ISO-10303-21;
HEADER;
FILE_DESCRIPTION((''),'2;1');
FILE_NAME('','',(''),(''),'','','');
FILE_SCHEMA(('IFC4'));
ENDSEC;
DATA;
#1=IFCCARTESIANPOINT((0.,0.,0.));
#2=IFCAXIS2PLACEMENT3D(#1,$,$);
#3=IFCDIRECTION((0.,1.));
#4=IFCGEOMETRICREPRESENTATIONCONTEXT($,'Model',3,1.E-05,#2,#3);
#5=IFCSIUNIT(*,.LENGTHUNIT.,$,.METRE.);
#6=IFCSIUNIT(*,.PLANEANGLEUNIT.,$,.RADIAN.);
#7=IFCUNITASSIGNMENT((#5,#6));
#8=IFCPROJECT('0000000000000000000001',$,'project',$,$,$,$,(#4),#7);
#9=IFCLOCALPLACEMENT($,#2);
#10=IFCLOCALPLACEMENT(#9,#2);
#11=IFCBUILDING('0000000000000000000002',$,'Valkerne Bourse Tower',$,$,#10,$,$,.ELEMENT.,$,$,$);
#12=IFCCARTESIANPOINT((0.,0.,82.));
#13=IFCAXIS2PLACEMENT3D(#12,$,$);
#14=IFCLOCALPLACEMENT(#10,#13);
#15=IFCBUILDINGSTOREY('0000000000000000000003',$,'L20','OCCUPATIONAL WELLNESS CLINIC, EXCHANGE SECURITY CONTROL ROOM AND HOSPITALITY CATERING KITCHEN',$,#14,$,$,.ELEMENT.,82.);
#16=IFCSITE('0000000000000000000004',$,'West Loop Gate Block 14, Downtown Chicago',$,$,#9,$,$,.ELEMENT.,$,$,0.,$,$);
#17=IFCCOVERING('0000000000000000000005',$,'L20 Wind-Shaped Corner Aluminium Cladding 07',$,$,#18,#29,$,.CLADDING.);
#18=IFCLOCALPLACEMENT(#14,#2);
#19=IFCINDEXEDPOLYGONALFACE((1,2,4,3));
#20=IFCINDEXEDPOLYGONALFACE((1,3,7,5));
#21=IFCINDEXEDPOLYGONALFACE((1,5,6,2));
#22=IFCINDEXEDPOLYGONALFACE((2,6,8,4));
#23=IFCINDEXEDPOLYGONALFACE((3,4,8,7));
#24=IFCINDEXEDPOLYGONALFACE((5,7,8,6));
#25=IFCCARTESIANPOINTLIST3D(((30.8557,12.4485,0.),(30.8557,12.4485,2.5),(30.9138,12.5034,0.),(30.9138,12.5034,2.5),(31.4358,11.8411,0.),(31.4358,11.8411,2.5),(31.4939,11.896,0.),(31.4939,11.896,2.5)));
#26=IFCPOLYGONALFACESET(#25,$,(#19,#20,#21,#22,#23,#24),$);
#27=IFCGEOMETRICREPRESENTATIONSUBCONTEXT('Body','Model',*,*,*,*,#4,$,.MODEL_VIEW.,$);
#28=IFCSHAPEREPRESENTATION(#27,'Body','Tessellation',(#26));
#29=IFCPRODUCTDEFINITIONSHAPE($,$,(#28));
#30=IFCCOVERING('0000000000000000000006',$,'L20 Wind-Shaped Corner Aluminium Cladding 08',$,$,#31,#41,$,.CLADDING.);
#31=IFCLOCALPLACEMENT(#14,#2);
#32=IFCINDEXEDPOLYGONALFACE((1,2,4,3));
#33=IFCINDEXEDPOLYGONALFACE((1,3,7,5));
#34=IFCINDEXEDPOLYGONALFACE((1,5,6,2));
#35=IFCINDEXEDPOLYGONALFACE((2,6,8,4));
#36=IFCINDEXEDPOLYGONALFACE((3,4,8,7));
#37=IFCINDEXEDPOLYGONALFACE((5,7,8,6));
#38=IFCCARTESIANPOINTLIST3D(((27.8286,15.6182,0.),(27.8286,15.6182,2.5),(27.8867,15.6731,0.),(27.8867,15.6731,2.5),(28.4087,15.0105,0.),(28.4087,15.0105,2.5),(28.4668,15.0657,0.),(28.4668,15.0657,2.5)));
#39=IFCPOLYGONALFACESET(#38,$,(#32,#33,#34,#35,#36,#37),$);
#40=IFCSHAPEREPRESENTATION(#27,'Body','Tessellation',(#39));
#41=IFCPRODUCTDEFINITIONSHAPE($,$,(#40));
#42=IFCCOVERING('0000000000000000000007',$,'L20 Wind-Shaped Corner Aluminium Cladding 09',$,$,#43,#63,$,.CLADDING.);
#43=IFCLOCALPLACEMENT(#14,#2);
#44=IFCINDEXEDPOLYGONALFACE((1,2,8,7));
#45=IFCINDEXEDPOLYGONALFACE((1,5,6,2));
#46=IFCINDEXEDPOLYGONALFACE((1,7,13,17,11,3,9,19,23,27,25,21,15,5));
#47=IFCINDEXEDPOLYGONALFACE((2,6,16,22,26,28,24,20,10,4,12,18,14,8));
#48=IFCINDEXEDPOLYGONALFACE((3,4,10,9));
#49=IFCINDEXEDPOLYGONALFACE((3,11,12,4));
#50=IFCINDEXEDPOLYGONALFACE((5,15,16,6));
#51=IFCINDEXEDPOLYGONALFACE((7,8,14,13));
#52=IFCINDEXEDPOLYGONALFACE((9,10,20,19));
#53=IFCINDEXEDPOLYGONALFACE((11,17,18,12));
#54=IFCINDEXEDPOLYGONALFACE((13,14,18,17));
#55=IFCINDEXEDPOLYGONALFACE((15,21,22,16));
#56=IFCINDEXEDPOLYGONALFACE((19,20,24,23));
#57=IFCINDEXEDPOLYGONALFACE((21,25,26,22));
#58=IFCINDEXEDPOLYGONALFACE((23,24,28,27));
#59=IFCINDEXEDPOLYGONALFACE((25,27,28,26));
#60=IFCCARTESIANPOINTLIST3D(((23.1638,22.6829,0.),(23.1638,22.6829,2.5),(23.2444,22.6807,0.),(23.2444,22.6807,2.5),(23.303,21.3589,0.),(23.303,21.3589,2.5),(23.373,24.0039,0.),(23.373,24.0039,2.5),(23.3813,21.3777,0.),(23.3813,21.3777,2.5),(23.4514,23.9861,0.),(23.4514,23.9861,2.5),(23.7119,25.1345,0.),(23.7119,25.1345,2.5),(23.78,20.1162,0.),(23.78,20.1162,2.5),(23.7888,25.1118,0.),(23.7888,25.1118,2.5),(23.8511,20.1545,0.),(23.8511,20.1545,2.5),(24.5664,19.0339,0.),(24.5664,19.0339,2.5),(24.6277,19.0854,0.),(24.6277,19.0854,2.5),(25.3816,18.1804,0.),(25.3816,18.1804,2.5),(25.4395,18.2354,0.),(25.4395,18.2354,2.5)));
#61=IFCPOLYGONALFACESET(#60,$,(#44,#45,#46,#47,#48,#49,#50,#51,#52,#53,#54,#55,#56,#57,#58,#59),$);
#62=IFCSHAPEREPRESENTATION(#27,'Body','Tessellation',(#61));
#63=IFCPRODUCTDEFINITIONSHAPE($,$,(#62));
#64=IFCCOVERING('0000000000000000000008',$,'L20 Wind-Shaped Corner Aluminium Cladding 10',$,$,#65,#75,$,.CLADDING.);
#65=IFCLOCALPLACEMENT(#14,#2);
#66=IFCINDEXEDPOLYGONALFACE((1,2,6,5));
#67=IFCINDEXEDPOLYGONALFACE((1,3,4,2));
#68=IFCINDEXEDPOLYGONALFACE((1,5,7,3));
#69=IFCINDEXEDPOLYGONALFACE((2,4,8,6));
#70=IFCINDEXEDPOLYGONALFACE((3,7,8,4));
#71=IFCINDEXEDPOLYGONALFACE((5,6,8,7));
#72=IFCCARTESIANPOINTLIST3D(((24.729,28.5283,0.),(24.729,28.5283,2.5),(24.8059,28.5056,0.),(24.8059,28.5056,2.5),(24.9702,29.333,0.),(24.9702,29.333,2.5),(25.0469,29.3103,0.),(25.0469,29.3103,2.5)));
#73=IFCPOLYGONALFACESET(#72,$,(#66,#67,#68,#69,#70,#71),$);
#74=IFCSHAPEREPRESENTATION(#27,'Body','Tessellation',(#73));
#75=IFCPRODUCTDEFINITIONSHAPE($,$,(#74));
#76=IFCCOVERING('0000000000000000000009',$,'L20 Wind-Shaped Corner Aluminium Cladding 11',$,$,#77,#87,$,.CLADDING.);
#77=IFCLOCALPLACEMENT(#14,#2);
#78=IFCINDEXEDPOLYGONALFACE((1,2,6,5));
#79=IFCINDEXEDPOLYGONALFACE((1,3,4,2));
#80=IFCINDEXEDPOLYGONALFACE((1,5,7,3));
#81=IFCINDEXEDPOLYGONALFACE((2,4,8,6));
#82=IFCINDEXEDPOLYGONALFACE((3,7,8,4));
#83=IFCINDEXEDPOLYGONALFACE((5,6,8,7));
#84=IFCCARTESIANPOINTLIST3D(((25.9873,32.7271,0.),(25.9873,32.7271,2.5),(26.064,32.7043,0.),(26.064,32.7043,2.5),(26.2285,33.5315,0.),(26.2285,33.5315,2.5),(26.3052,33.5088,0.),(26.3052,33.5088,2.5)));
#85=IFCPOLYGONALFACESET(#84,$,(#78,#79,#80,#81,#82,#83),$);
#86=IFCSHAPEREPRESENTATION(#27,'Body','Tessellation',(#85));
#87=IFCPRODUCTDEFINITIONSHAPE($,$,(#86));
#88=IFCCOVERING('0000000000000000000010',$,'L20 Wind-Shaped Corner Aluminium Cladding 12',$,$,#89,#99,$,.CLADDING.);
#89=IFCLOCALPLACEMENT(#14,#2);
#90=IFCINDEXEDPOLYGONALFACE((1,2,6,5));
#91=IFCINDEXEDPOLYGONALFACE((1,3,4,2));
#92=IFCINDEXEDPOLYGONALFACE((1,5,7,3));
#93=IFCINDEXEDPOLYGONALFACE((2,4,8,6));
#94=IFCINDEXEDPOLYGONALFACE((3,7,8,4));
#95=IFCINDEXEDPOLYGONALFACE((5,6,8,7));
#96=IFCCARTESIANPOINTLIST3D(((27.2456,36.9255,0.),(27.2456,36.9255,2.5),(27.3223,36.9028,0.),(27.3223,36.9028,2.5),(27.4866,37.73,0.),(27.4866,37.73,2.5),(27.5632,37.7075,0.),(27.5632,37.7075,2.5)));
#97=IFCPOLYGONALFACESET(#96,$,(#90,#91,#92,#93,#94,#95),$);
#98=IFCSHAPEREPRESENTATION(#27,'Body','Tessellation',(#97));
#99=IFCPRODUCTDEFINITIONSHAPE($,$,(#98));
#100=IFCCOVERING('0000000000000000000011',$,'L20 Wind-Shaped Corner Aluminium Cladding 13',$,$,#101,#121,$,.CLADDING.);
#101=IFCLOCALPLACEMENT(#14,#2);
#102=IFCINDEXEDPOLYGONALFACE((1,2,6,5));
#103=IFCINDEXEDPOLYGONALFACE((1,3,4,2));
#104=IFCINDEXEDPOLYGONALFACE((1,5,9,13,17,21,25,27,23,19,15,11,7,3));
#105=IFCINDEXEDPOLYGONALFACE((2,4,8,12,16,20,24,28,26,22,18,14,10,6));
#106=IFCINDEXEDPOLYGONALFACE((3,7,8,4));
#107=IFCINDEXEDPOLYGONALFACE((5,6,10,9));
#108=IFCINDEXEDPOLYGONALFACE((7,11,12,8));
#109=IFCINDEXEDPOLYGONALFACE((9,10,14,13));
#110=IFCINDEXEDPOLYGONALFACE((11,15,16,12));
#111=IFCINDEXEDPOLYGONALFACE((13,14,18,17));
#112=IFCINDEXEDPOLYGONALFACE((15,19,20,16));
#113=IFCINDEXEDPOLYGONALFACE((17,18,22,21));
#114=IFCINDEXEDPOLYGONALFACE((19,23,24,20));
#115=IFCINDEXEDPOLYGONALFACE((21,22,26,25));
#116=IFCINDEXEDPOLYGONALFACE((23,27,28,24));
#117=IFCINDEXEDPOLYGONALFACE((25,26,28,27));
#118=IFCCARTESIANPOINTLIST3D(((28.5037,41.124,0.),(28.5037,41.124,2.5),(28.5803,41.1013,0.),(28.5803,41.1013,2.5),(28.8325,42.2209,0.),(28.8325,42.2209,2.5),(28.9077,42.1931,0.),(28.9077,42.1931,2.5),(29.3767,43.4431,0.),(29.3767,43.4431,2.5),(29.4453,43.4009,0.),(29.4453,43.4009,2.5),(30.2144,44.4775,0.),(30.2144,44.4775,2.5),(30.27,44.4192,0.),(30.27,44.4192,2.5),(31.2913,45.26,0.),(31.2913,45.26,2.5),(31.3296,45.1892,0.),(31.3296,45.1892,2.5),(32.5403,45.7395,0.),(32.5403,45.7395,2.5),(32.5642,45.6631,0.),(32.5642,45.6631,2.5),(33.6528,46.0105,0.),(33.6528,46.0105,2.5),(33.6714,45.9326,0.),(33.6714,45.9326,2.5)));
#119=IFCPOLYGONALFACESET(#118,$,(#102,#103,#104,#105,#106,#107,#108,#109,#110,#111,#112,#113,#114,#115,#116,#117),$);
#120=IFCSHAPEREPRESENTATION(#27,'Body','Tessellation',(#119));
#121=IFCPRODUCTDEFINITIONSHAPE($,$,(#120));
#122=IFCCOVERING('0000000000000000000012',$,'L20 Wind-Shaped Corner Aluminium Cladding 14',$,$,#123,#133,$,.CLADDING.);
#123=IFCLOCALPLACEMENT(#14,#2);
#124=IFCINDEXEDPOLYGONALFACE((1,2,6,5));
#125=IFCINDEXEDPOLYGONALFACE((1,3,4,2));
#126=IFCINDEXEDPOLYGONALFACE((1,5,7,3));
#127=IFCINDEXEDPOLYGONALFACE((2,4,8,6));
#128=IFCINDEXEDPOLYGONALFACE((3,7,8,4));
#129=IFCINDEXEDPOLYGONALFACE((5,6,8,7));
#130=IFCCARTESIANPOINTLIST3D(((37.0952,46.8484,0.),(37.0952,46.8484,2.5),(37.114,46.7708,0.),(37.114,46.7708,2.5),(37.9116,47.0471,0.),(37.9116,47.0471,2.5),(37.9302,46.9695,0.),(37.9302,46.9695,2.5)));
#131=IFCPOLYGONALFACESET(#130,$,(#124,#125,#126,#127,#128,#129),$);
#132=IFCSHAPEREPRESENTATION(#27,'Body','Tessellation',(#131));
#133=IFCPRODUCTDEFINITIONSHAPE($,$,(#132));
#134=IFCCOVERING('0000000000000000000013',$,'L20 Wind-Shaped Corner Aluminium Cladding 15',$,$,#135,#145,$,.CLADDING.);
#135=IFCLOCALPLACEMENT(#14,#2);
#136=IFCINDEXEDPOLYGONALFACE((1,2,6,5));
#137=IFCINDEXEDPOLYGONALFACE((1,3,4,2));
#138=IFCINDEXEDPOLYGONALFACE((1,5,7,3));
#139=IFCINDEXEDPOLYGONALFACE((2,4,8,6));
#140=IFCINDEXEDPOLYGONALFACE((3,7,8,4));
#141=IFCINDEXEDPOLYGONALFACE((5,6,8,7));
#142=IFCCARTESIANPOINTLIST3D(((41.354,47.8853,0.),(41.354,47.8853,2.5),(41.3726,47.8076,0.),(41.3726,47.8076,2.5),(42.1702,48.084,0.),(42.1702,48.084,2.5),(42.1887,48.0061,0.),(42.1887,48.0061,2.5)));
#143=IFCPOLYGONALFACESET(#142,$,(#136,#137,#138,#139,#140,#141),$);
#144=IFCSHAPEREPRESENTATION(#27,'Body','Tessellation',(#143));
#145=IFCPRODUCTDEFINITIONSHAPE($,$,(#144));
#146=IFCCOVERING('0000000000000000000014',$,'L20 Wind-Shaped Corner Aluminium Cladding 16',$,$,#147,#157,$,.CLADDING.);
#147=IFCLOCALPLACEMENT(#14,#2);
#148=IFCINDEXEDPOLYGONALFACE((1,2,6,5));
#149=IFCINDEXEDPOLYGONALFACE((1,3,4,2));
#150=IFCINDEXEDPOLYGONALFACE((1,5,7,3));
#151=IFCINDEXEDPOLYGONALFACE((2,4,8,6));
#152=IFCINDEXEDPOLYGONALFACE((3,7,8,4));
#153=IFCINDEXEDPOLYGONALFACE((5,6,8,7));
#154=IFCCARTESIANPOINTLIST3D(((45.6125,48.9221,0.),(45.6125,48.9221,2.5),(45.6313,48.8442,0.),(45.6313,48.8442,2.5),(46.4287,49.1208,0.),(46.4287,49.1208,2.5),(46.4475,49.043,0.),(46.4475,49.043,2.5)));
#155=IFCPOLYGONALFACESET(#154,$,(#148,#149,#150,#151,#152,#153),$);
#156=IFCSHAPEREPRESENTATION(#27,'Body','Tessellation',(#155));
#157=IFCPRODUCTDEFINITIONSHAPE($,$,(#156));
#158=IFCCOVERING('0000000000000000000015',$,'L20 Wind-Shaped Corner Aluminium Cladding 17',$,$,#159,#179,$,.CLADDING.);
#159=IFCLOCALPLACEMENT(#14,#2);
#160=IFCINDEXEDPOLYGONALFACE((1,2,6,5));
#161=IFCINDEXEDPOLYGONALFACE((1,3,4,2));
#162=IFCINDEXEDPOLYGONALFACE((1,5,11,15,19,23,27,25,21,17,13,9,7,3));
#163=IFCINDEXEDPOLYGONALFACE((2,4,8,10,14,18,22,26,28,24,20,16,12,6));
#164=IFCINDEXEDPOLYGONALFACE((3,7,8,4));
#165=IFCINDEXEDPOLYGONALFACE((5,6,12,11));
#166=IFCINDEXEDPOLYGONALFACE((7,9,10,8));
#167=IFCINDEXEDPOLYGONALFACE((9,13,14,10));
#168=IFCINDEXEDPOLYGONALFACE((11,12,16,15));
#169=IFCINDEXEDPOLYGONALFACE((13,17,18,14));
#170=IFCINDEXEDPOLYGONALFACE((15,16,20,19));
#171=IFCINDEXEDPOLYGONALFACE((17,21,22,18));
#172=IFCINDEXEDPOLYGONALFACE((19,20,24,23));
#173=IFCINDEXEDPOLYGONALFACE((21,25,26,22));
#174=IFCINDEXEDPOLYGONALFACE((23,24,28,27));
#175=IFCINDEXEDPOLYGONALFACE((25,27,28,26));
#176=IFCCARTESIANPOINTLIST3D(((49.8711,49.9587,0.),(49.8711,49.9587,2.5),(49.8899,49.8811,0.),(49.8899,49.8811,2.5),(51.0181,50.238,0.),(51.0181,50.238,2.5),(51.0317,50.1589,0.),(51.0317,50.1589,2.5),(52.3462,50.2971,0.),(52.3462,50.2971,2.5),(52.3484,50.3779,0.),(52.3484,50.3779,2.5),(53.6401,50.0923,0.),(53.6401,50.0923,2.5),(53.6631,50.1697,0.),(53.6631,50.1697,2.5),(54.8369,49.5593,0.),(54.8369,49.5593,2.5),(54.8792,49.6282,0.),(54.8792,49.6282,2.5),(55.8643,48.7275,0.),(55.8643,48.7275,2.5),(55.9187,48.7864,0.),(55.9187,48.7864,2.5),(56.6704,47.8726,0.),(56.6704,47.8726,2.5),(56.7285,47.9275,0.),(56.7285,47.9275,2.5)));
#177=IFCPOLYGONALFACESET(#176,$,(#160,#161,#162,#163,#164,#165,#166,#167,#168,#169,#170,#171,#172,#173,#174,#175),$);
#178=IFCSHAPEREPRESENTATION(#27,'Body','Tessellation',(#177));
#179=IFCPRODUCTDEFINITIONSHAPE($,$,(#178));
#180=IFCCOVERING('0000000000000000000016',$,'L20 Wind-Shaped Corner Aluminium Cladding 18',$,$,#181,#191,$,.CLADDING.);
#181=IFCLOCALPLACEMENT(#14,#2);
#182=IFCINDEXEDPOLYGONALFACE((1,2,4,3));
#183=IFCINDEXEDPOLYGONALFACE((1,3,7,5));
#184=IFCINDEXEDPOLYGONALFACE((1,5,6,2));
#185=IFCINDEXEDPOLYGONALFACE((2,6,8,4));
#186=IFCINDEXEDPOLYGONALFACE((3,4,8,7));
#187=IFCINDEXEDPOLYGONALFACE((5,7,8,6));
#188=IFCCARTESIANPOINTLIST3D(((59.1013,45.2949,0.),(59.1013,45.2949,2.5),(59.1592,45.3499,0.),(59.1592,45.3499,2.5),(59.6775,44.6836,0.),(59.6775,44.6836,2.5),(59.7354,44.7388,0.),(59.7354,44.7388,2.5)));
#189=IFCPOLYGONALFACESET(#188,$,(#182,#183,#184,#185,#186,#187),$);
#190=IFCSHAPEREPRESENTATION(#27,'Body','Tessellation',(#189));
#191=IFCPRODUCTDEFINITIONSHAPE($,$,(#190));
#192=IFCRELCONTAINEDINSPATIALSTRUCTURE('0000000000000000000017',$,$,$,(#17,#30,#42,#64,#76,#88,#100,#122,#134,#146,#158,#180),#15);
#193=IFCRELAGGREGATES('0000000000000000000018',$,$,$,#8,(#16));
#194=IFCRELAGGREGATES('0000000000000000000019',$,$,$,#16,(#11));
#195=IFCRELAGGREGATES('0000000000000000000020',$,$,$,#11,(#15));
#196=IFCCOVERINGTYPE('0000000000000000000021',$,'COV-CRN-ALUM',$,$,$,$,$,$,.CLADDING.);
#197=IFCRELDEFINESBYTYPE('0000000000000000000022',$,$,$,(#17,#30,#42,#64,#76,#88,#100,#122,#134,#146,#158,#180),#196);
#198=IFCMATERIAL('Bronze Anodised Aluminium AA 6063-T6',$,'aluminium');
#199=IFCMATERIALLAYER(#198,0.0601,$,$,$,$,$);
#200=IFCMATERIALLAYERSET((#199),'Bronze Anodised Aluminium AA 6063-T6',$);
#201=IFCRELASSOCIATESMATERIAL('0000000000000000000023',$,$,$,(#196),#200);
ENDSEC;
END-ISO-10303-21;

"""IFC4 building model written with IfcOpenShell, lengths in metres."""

from ifc_helpers import new_model, si_unit, direction, frame, origin, place, context, subcontext, project, spatial, polyline, outline, extrude, material, layer, layer_set, type_object, element, save


model = new_model("IFC4")

# Units and contexts
model_context = context("Model", 3, precision=1e-05, world=origin(), true_north=direction((0.0, 1.0)))
body_context = subcontext(model_context, "Body", "Model", "MODEL_VIEW")
ifc_project = project(units=[si_unit("LENGTHUNIT", "METRE"), si_unit("PLANEANGLEUNIT", "RADIAN")], contexts=[model_context])

# Site, building, storey
site_placement = place(None, origin())
site = spatial("IfcSite", under=ifc_project, at=site_placement, Name="West Loop Gate Block 14, Downtown Chicago", CompositionType="ELEMENT", RefElevation=0.0)
building_placement = place(site_placement, origin())
building = spatial("IfcBuilding", under=site, at=building_placement, Name="Valkerne Bourse Tower", CompositionType="ELEMENT")
storey_placement = place(building_placement, frame((0.0, 0.0, 82.0)))
storey = spatial("IfcBuildingStorey", under=building, at=storey_placement, Name="L20", Description="OCCUPATIONAL WELLNESS CLINIC, EXCHANGE SECURITY CONTROL ROOM AND HOSPITALITY CATERING KITCHEN", CompositionType="ELEMENT", Elevation=82.0)

# Coverings
ifc_material_1 = material(Name="Bronze Anodised Aluminium AA 6063-T6", Category="aluminium")
ifc_layer_1 = layer(ifc_material_1, 0.0601)
ifc_layer_set_1 = layer_set([ifc_layer_1], Name="Bronze Anodised Aluminium AA 6063-T6")
covering_type = type_object("IfcCoveringType", Name="COV-CRN-ALUM", PredefinedType="CLADDING", material=ifc_layer_set_1)
covering_1_placement = place(storey_placement, origin())
element("IfcCovering", 1, at=covering_1_placement, inside=storey, type_object=covering_type, Name="L20 Wind-Shaped Corner Aluminium Cladding 07", PredefinedType="CLADDING", context=body_context, shape_type="SweptSolid", body=[
    extrude(outline(polyline([(30.8557, 12.4485), (30.9138, 12.5034), (31.4939, 11.896), (31.4358, 11.8411), (30.8557, 12.4485)])), origin(), (0.0, 0.0, 1.0), 2.5),
])
covering_2_placement = place(storey_placement, origin())
element("IfcCovering", 2, at=covering_2_placement, inside=storey, type_object=covering_type, Name="L20 Wind-Shaped Corner Aluminium Cladding 08", PredefinedType="CLADDING", context=body_context, shape_type="SweptSolid", body=[
    extrude(outline(polyline([(27.8286, 15.6182), (27.8867, 15.6731), (28.4668, 15.0657), (28.4087, 15.0105), (27.8286, 15.6182)])), origin(), (0.0, 0.0, 1.0), 2.5),
])
covering_3_placement = place(storey_placement, origin())
element("IfcCovering", 3, at=covering_3_placement, inside=storey, type_object=covering_type, Name="L20 Wind-Shaped Corner Aluminium Cladding 09", PredefinedType="CLADDING", context=body_context, shape_type="SweptSolid", body=[
    extrude(outline(polyline([(24.5664, 19.0339), (23.78, 20.1162), (23.303, 21.3589), (23.1638, 22.6829), (23.373, 24.0039), (23.7119, 25.1345), (23.7888, 25.1118), (23.4514, 23.9861), (23.2444, 22.6807), (23.3813, 21.3777), (23.8511, 20.1545), (24.6277, 19.0854), (25.4395, 18.2354), (25.3816, 18.1804), (24.5664, 19.0339)])), origin(), (0.0, 0.0, 1.0), 2.5),
])
covering_4_placement = place(storey_placement, origin())
element("IfcCovering", 4, at=covering_4_placement, inside=storey, type_object=covering_type, Name="L20 Wind-Shaped Corner Aluminium Cladding 10", PredefinedType="CLADDING", context=body_context, shape_type="SweptSolid", body=[
    extrude(outline(polyline([(24.9702, 29.333), (25.0469, 29.3103), (24.8059, 28.5056), (24.729, 28.5283), (24.9702, 29.333)])), origin(), (0.0, 0.0, 1.0), 2.5),
])
covering_5_placement = place(storey_placement, origin())
element("IfcCovering", 5, at=covering_5_placement, inside=storey, type_object=covering_type, Name="L20 Wind-Shaped Corner Aluminium Cladding 11", PredefinedType="CLADDING", context=body_context, shape_type="SweptSolid", body=[
    extrude(outline(polyline([(26.2285, 33.5315), (26.3052, 33.5088), (26.064, 32.7043), (25.9873, 32.7271), (26.2285, 33.5315)])), origin(), (0.0, 0.0, 1.0), 2.5),
])
covering_6_placement = place(storey_placement, origin())
element("IfcCovering", 6, at=covering_6_placement, inside=storey, type_object=covering_type, Name="L20 Wind-Shaped Corner Aluminium Cladding 12", PredefinedType="CLADDING", context=body_context, shape_type="SweptSolid", body=[
    extrude(outline(polyline([(27.4866, 37.73), (27.5632, 37.7075), (27.3223, 36.9028), (27.2456, 36.9255), (27.4866, 37.73)])), origin(), (0.0, 0.0, 1.0), 2.5),
])
covering_7_placement = place(storey_placement, origin())
element("IfcCovering", 7, at=covering_7_placement, inside=storey, type_object=covering_type, Name="L20 Wind-Shaped Corner Aluminium Cladding 13", PredefinedType="CLADDING", context=body_context, shape_type="SweptSolid", body=[
    extrude(outline(polyline([(28.8325, 42.2209), (29.3767, 43.4431), (30.2144, 44.4775), (31.2913, 45.26), (32.5403, 45.7395), (33.6528, 46.0105), (33.6714, 45.9326), (32.5642, 45.6631), (31.3296, 45.1892), (30.27, 44.4192), (29.4453, 43.4009), (28.9077, 42.1931), (28.5803, 41.1013), (28.5037, 41.124), (28.8325, 42.2209)])), origin(), (0.0, 0.0, 1.0), 2.5),
])
covering_8_placement = place(storey_placement, origin())
element("IfcCovering", 8, at=covering_8_placement, inside=storey, type_object=covering_type, Name="L20 Wind-Shaped Corner Aluminium Cladding 14", PredefinedType="CLADDING", context=body_context, shape_type="SweptSolid", body=[
    extrude(outline(polyline([(37.9116, 47.0471), (37.9302, 46.9695), (37.114, 46.7708), (37.0952, 46.8484), (37.9116, 47.0471)])), origin(), (0.0, 0.0, 1.0), 2.5),
])
covering_9_placement = place(storey_placement, origin())
element("IfcCovering", 9, at=covering_9_placement, inside=storey, type_object=covering_type, Name="L20 Wind-Shaped Corner Aluminium Cladding 15", PredefinedType="CLADDING", context=body_context, shape_type="SweptSolid", body=[
    extrude(outline(polyline([(42.1702, 48.084), (42.1887, 48.0061), (41.3726, 47.8076), (41.354, 47.8853), (42.1702, 48.084)])), origin(), (0.0, 0.0, 1.0), 2.5),
])
covering_10_placement = place(storey_placement, origin())
element("IfcCovering", 10, at=covering_10_placement, inside=storey, type_object=covering_type, Name="L20 Wind-Shaped Corner Aluminium Cladding 16", PredefinedType="CLADDING", context=body_context, shape_type="SweptSolid", body=[
    extrude(outline(polyline([(46.4287, 49.1208), (46.4475, 49.043), (45.6313, 48.8442), (45.6125, 48.9221), (46.4287, 49.1208)])), origin(), (0.0, 0.0, 1.0), 2.5),
])
covering_11_placement = place(storey_placement, origin())
element("IfcCovering", 11, at=covering_11_placement, inside=storey, type_object=covering_type, Name="L20 Wind-Shaped Corner Aluminium Cladding 17", PredefinedType="CLADDING", context=body_context, shape_type="SweptSolid", body=[
    extrude(outline(polyline([(51.0181, 50.238), (52.3484, 50.3779), (53.6631, 50.1697), (54.8792, 49.6282), (55.9187, 48.7864), (56.7285, 47.9275), (56.6704, 47.8726), (55.8643, 48.7275), (54.8369, 49.5593), (53.6401, 50.0923), (52.3462, 50.2971), (51.0317, 50.1589), (49.8899, 49.8811), (49.8711, 49.9587), (51.0181, 50.238)])), origin(), (0.0, 0.0, 1.0), 2.5),
])
covering_12_placement = place(storey_placement, origin())
element("IfcCovering", 12, at=covering_12_placement, inside=storey, type_object=covering_type, Name="L20 Wind-Shaped Corner Aluminium Cladding 18", PredefinedType="CLADDING", context=body_context, shape_type="SweptSolid", body=[
    extrude(outline(polyline([(59.7354, 44.7388), (59.6775, 44.6836), (59.1013, 45.2949), (59.1592, 45.3499), (59.7354, 44.7388)])), origin(), (0.0, 0.0, 1.0), 2.5),
])

save(model, "model.ifc")
